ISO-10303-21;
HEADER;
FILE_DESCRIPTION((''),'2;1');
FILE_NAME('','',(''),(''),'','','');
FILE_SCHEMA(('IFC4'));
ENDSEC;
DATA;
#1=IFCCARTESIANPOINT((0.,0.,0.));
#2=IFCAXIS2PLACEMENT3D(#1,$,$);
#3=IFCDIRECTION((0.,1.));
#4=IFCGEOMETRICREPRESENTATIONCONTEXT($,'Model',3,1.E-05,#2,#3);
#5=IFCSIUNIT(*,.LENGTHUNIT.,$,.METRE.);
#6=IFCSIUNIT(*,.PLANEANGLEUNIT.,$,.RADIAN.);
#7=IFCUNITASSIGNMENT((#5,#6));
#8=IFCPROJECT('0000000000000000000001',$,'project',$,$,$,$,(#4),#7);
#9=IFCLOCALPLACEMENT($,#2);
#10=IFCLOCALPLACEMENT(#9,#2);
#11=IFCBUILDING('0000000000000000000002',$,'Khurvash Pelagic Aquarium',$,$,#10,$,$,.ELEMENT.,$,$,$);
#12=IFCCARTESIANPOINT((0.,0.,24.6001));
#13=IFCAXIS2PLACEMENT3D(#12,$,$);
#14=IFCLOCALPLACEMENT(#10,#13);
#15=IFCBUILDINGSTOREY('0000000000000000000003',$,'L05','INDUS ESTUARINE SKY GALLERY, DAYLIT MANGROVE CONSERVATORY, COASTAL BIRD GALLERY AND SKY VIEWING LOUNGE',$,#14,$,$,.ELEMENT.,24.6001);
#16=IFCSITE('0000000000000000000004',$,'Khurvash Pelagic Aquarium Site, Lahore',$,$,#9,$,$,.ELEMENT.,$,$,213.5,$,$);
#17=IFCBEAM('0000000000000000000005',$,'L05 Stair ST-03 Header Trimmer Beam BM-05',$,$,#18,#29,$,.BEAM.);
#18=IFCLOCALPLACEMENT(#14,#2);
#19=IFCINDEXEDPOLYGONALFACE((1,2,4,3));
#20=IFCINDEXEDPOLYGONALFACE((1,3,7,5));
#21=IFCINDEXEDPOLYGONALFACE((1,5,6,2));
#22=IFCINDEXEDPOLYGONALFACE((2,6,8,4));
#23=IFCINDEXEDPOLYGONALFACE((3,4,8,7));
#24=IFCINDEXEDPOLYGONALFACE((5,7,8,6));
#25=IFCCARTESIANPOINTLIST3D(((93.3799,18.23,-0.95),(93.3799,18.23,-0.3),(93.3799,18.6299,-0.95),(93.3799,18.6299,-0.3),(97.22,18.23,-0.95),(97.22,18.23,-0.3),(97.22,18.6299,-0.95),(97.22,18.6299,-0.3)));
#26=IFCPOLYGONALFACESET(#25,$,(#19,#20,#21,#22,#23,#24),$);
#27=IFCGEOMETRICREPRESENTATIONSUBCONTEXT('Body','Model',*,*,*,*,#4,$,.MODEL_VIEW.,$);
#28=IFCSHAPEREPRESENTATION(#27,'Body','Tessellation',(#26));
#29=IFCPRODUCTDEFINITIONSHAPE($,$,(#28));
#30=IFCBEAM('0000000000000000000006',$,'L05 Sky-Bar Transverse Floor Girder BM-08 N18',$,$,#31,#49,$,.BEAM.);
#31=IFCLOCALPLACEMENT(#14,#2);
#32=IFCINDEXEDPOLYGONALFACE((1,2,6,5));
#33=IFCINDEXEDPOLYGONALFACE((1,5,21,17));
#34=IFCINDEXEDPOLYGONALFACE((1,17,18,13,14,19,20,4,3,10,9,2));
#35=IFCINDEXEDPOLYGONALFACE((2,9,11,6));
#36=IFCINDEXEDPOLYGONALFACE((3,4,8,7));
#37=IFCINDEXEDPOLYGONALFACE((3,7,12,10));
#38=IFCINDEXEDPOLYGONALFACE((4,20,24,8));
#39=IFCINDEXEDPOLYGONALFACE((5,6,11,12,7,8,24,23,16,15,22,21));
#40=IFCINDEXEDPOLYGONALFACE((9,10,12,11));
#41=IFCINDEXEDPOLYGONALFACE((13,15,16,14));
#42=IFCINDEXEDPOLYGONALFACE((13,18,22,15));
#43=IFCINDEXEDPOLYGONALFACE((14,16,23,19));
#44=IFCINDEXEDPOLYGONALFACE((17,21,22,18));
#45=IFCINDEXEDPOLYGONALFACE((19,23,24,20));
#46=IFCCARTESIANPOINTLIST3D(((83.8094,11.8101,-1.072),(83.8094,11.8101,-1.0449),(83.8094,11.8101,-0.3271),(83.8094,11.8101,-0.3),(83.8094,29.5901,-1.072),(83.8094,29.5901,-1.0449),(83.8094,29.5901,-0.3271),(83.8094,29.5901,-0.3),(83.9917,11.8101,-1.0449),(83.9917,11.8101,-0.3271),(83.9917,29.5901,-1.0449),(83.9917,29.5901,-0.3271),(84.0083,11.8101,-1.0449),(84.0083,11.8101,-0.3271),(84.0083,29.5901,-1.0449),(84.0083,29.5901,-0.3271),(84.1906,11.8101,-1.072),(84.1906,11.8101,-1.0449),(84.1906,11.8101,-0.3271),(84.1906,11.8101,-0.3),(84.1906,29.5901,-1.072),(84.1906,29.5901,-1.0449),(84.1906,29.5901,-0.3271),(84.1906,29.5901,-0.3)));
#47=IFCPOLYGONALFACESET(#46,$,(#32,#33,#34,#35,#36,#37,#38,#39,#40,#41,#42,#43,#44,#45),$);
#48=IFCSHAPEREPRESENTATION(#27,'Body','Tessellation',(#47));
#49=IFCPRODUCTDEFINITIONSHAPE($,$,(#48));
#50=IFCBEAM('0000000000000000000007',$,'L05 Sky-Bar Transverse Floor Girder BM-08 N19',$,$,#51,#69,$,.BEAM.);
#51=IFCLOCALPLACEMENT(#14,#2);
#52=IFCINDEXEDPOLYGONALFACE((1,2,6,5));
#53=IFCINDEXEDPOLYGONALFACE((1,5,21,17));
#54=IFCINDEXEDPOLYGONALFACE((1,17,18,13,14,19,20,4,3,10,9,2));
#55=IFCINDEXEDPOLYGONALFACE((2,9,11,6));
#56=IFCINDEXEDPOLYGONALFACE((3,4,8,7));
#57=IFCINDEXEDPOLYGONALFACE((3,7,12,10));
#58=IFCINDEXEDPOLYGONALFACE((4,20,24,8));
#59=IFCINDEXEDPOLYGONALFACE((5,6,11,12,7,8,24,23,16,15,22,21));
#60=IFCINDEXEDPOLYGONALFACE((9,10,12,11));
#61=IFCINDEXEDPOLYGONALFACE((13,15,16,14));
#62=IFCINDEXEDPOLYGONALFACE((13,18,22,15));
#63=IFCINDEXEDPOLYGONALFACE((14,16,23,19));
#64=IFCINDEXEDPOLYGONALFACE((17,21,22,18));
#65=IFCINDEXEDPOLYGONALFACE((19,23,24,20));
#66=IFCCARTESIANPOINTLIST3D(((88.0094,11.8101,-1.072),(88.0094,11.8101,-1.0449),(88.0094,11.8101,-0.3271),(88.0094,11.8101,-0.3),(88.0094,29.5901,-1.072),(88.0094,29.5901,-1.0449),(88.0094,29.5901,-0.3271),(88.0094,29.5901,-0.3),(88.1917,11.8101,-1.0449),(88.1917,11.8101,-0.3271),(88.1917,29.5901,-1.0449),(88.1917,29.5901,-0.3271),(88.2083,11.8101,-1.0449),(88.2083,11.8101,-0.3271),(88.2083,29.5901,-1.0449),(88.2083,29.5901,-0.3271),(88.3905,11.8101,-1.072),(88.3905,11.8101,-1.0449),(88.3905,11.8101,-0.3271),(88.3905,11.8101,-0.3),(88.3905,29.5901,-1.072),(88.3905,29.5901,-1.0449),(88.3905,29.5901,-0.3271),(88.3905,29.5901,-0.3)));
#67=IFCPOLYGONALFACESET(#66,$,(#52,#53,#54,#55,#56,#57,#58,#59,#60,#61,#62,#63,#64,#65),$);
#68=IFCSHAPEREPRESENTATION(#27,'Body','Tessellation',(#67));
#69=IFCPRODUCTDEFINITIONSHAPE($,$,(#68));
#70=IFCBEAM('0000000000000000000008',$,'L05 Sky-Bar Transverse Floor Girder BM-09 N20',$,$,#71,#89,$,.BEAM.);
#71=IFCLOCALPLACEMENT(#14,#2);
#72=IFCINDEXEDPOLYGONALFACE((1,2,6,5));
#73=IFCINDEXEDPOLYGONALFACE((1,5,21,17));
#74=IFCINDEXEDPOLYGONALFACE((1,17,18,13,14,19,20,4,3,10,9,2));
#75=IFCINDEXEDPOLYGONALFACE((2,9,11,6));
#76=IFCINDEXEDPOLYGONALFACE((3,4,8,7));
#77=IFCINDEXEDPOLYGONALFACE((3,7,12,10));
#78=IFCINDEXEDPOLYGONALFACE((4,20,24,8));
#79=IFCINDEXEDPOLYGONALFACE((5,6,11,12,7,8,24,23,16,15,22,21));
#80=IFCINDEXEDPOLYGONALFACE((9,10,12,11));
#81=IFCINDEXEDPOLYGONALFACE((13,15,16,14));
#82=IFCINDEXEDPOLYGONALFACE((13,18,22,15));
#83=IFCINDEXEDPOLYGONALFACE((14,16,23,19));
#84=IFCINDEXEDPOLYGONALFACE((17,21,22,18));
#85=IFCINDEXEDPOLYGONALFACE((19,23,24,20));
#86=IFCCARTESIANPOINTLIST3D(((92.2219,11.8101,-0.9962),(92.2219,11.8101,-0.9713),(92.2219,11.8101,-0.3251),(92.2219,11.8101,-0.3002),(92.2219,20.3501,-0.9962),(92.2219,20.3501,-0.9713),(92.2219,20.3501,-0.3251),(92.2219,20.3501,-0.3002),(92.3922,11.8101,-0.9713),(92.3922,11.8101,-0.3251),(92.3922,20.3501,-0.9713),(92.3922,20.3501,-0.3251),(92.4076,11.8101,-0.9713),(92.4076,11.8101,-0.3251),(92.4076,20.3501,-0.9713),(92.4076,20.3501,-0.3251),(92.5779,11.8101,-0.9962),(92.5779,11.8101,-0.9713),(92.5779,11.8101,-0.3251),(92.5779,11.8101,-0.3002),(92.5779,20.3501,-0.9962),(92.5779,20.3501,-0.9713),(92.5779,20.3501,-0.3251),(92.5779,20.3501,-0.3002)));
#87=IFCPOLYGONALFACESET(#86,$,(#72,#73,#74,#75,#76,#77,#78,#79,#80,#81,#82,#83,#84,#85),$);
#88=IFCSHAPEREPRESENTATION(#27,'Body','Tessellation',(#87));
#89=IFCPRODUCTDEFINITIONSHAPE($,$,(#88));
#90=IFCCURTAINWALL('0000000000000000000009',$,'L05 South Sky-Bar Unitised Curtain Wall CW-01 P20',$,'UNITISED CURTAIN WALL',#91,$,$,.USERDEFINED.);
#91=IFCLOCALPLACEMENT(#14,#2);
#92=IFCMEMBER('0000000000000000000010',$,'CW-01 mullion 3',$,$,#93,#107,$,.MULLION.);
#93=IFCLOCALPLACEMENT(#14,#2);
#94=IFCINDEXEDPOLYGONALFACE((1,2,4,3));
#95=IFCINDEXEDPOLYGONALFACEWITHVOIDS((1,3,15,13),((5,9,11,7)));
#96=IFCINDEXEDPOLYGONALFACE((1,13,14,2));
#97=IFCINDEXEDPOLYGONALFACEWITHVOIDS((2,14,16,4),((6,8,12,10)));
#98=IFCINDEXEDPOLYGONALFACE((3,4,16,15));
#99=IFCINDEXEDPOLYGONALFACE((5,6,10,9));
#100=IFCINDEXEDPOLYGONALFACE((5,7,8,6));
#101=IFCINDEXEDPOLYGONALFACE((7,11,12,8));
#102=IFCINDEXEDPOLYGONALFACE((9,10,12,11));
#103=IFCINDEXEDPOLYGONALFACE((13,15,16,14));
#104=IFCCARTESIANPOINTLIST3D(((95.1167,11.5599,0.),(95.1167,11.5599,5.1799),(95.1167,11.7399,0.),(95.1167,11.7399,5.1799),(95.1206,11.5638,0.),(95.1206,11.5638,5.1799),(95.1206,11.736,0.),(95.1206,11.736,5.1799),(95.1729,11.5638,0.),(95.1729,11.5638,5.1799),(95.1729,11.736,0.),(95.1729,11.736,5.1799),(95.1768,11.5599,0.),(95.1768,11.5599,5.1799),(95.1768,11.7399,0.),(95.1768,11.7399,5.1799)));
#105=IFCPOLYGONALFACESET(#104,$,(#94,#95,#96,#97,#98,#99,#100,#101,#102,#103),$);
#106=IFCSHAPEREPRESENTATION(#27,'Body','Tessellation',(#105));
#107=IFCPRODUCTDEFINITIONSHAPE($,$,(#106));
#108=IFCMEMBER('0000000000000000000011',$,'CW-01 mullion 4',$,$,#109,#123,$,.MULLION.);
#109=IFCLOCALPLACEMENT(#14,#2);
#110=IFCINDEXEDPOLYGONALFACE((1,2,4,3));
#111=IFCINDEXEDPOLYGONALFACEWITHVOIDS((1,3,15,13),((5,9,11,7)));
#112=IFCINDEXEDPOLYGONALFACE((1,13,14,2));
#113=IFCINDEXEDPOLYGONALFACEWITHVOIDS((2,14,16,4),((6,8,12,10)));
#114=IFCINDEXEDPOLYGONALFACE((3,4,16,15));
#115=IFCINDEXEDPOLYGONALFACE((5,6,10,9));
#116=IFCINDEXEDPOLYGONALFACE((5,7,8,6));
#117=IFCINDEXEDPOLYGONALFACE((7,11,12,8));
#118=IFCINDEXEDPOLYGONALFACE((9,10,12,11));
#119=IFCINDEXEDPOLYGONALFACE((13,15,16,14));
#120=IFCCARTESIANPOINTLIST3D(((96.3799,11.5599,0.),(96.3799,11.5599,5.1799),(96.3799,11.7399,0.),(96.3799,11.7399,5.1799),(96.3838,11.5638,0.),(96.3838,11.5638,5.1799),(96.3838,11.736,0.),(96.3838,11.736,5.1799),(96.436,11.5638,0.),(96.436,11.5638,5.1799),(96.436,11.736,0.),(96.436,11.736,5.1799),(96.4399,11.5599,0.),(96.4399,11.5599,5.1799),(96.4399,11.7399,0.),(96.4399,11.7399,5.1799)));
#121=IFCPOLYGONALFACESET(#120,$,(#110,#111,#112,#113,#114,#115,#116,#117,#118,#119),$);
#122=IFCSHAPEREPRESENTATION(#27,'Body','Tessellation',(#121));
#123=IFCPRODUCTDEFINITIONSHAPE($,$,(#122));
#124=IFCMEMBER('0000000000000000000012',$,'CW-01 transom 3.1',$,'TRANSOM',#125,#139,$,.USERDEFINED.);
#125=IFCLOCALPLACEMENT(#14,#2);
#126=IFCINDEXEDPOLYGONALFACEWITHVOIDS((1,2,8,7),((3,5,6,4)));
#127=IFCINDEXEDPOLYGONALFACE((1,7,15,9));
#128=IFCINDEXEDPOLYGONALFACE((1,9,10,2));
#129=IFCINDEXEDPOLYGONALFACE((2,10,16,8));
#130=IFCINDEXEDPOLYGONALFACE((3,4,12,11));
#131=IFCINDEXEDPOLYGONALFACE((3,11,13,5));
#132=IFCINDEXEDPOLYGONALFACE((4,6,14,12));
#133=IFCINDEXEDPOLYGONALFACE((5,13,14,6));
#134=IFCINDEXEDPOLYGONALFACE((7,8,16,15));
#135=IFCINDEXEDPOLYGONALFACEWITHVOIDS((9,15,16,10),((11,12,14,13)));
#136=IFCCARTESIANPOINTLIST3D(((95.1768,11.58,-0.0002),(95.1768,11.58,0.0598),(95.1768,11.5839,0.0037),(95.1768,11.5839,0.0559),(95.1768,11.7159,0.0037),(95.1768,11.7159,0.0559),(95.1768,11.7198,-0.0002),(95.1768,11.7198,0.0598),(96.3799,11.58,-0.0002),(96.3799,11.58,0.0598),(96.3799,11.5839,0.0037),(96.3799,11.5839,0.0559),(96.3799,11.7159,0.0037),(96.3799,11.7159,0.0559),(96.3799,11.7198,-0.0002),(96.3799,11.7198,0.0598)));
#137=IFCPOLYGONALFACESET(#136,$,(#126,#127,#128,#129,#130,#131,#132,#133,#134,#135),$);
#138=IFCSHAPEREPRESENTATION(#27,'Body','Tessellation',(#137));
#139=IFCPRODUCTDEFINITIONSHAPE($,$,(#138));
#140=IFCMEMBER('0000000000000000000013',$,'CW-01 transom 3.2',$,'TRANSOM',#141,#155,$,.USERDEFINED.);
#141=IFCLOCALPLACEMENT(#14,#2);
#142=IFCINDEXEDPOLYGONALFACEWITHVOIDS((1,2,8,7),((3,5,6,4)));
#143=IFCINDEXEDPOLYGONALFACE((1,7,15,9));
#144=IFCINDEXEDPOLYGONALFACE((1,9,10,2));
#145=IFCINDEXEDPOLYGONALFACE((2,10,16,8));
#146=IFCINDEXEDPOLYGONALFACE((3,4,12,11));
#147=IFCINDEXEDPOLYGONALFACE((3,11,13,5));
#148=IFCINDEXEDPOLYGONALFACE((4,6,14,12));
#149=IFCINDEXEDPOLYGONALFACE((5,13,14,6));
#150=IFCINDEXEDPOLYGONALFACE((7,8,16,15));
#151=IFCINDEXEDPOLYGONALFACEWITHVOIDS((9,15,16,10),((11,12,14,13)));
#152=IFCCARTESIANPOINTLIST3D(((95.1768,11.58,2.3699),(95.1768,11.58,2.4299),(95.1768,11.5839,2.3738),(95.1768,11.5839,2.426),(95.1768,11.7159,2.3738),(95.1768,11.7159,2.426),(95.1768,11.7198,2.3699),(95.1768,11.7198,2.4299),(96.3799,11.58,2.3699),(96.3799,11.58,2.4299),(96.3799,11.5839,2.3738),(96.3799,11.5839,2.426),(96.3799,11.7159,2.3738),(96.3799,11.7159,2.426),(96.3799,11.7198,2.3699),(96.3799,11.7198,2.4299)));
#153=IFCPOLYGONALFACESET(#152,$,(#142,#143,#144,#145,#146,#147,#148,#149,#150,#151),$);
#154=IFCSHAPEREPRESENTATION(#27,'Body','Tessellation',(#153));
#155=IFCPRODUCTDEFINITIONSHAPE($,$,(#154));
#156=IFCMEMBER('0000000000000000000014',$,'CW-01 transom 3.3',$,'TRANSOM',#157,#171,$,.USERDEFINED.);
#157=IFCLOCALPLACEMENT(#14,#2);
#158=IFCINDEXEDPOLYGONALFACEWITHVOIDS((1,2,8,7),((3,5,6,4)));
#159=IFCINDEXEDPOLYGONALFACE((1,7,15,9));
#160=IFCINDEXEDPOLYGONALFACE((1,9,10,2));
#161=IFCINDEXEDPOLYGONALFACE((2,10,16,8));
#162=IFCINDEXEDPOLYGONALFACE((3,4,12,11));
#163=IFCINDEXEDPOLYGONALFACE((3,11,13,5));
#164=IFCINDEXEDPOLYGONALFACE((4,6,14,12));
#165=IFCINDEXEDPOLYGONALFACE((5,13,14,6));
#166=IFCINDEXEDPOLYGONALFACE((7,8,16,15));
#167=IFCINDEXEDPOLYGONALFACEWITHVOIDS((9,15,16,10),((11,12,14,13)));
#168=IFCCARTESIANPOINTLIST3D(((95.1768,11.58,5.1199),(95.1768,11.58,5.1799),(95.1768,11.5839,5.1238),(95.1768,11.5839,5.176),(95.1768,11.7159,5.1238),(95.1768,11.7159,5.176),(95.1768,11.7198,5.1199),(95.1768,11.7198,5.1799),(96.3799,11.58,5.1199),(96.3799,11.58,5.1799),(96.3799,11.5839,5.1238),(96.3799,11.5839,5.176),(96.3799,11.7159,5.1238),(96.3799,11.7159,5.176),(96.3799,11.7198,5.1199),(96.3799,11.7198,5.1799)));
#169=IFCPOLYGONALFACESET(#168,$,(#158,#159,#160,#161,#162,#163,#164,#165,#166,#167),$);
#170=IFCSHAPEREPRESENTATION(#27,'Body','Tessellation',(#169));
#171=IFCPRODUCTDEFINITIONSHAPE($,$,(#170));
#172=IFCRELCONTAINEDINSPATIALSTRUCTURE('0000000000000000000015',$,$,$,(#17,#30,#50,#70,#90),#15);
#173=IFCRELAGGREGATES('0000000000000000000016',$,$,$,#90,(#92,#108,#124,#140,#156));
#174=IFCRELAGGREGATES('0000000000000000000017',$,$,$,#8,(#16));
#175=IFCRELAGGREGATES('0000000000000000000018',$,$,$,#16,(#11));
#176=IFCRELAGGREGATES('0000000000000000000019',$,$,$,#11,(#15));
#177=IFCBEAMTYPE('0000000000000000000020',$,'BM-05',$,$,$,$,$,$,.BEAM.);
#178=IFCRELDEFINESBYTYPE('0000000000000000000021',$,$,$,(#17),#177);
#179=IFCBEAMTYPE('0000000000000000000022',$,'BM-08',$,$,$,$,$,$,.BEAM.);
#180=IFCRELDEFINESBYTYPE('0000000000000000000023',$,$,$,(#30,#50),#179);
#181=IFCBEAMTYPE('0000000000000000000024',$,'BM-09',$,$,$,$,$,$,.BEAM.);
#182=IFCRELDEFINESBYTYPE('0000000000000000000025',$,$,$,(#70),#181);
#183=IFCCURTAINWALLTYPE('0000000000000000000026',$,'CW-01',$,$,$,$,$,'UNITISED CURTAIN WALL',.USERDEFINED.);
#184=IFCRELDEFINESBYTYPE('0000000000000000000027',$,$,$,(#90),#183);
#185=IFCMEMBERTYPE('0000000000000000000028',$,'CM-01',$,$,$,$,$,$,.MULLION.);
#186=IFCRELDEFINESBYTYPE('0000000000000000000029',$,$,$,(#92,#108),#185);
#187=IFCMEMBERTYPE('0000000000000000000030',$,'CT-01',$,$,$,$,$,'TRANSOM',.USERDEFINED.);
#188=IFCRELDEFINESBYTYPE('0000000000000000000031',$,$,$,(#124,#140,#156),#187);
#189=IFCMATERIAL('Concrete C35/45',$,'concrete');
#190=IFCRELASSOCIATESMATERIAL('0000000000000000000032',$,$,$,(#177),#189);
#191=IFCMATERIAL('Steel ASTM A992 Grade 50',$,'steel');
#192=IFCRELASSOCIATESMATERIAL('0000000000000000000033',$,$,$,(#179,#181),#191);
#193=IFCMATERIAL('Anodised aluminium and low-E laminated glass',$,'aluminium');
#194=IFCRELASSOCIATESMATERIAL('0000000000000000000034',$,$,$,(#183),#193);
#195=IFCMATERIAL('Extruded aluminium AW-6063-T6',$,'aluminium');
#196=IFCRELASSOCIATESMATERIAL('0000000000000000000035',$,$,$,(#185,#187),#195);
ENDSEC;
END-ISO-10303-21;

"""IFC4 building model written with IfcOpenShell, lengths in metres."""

from ifc_helpers import new_model, si_unit, direction, frame, origin, origin_2d, place, context, subcontext, project, spatial, rectangle, hollow_rectangle, i_section, extrude, material, material_profile, profile_set, type_object, element, aggregate, save


model = new_model("IFC4")

# Units and contexts
model_context = context("Model", 3, precision=1e-05, world=origin(), true_north=direction((0.0, 1.0)))
body_context = subcontext(model_context, "Body", "Model", "MODEL_VIEW")
ifc_project = project(units=[si_unit("LENGTHUNIT", "METRE"), si_unit("PLANEANGLEUNIT", "RADIAN")], contexts=[model_context])

# Site, building, storey
site_placement = place(None, origin())
site = spatial("IfcSite", under=ifc_project, at=site_placement, Name="Khurvash Pelagic Aquarium Site, Lahore", CompositionType="ELEMENT", RefElevation=213.5)
building_placement = place(site_placement, origin())
building = spatial("IfcBuilding", under=site, at=building_placement, Name="Khurvash Pelagic Aquarium", CompositionType="ELEMENT")
storey_placement = place(building_placement, frame((0.0, 0.0, 24.6001)))
storey = spatial("IfcBuildingStorey", under=building, at=storey_placement, Name="L05", Description="INDUS ESTUARINE SKY GALLERY, DAYLIT MANGROVE CONSERVATORY, COASTAL BIRD GALLERY AND SKY VIEWING LOUNGE", CompositionType="ELEMENT", Elevation=24.6001)

# Beams
ifc_material_1 = material(Name="Concrete C35/45", Category="concrete")
ifc_material_profile_1 = material_profile(ifc_material_1, rectangle(XDim=0.3999, YDim=0.6499, at=origin_2d()), Name="RC400X650")
ifc_profile_set_1 = profile_set([ifc_material_profile_1], Name="Concrete C35/45")
beam_type_1 = type_object("IfcBeamType", Name="BM-05", PredefinedType="BEAM", material=ifc_profile_set_1)
beam_1_placement = place(storey_placement, frame((93.3799, 18.4299, -0.625), z_axis=(1.0, 0.0, 0.0), x_axis=(0.0, 1.0, 0.0)))
element("IfcBeam", 1, at=beam_1_placement, inside=storey, type_object=beam_type_1, Name="L05 Stair ST-03 Header Trimmer Beam BM-05", PredefinedType="BEAM", context=body_context, shape_type="SweptSolid", body=[
    extrude(rectangle(XDim=0.3999, YDim=0.6499, at=origin_2d()), origin(), (0.0, 0.0, 1.0), 3.8401),
])
ifc_material_2 = material(Name="Steel ASTM A992 Grade 50", Category="steel")
ifc_material_profile_2 = material_profile(ifc_material_2, i_section(OverallWidth=0.3811, OverallDepth=0.772, WebThickness=0.0166, FlangeThickness=0.0271, at=origin_2d()), Name="W30X173")
ifc_profile_set_2 = profile_set([ifc_material_profile_2], Name="Steel ASTM A992 Grade 50")
beam_type_2 = type_object("IfcBeamType", Name="BM-08", PredefinedType="BEAM", material=ifc_profile_set_2)
for number, where, z_axis, x_axis, name in (
    (2, (84.0, 11.8101, -0.686), (0.0, 1.0, 0.0), (-1.0, 0.0, 0.0), "L05 Sky-Bar Transverse Floor Girder BM-08 N18"),
    (3, (88.2, 11.8101, -0.686), (0.0, 1.0, 0.0), (-1.0, 0.0, 0.0), "L05 Sky-Bar Transverse Floor Girder BM-08 N19"),
):
    element("IfcBeam", number, at=place(storey_placement, frame(where, z_axis=z_axis, x_axis=x_axis)), inside=storey, type_object=beam_type_2, Name=name, PredefinedType="BEAM", context=body_context, shape_type="SweptSolid", body=[
        extrude(i_section(OverallWidth=0.3811, OverallDepth=0.772, WebThickness=0.0166, FlangeThickness=0.0271, at=origin_2d()), origin(), (0.0, 0.0, 1.0), 17.78),
    ])
ifc_material_profile_3 = material_profile(ifc_material_2, i_section(OverallWidth=0.356, OverallDepth=0.696, WebThickness=0.0154, FlangeThickness=0.0249, at=origin_2d()), Name="W27X146")
ifc_profile_set_3 = profile_set([ifc_material_profile_3], Name="Steel ASTM A992 Grade 50")
beam_type_3 = type_object("IfcBeamType", Name="BM-09", PredefinedType="BEAM", material=ifc_profile_set_3)
beam_2_placement = place(storey_placement, frame((92.3999, 11.8101, -0.6482), z_axis=(0.0, 1.0, 0.0), x_axis=(-1.0, 0.0, 0.0)))
element("IfcBeam", 4, at=beam_2_placement, inside=storey, type_object=beam_type_3, Name="L05 Sky-Bar Transverse Floor Girder BM-09 N20", PredefinedType="BEAM", context=body_context, shape_type="SweptSolid", body=[
    extrude(i_section(OverallWidth=0.356, OverallDepth=0.696, WebThickness=0.0154, FlangeThickness=0.0249, at=origin_2d()), origin(), (0.0, 0.0, 1.0), 8.54),
])

# Curtain wall, members
ifc_material_3 = material(Name="Anodised aluminium and low-E laminated glass", Category="aluminium")
curtain_wall_type = type_object("IfcCurtainWallType", Name="CW-01", ElementType="UNITISED CURTAIN WALL", PredefinedType="USERDEFINED", material=ifc_material_3)
curtain_wall_placement = place(storey_placement, origin())
curtain_wall = element("IfcCurtainWall", 5, at=curtain_wall_placement, inside=storey, type_object=curtain_wall_type, Name="L05 South Sky-Bar Unitised Curtain Wall CW-01 P20", ObjectType="UNITISED CURTAIN WALL", PredefinedType="USERDEFINED")
ifc_material_4 = material(Name="Extruded aluminium AW-6063-T6", Category="aluminium")
ifc_material_profile_4 = material_profile(ifc_material_4, hollow_rectangle(XDim=0.0601, YDim=0.1799, WallThickness=0.0039, at=origin_2d()), Name="CWM60X180X4")
ifc_profile_set_4 = profile_set([ifc_material_profile_4], Name="Extruded aluminium AW-6063-T6")
member_type_1 = type_object("IfcMemberType", Name="CM-01", PredefinedType="MULLION", material=ifc_profile_set_4)
member_1_placement = place(storey_placement, frame((95.1467, 11.6499, 0.0), z_axis=(0.0, 0.0, 1.0), x_axis=(1.0, 0.0, 0.0)))
member_1 = element("IfcMember", 6, at=member_1_placement, type_object=member_type_1, Name="CW-01 mullion 3", PredefinedType="MULLION", context=body_context, shape_type="SweptSolid", body=[
    extrude(hollow_rectangle(XDim=0.0601, YDim=0.1799, WallThickness=0.0039, at=origin_2d()), origin(), (0.0, 0.0, 1.0), 5.1799),
])
member_2_placement = place(storey_placement, frame((96.4099, 11.6499, 0.0), z_axis=(0.0, 0.0, 1.0), x_axis=(1.0, 0.0, 0.0)))
member_2 = element("IfcMember", 7, at=member_2_placement, type_object=member_type_1, Name="CW-01 mullion 4", PredefinedType="MULLION", context=body_context, shape_type="SweptSolid", body=[
    extrude(hollow_rectangle(XDim=0.0601, YDim=0.1799, WallThickness=0.0039, at=origin_2d()), origin(), (0.0, 0.0, 1.0), 5.1799),
])
ifc_material_profile_5 = material_profile(ifc_material_4, hollow_rectangle(XDim=0.1399, YDim=0.0601, WallThickness=0.0039, at=origin_2d()), Name="CWT140X60X4")
ifc_profile_set_5 = profile_set([ifc_material_profile_5], Name="Extruded aluminium AW-6063-T6")
member_type_2 = type_object("IfcMemberType", Name="CT-01", ElementType="TRANSOM", PredefinedType="USERDEFINED", material=ifc_profile_set_5)
member_3_placement = place(storey_placement, frame((95.1768, 11.6499, 0.0298), z_axis=(1.0, 0.0, 0.0), x_axis=(0.0, 1.0, 0.0)))
member_3 = element("IfcMember", 8, at=member_3_placement, type_object=member_type_2, Name="CW-01 transom 3.1", ObjectType="TRANSOM", PredefinedType="USERDEFINED", context=body_context, shape_type="SweptSolid", body=[
    extrude(hollow_rectangle(XDim=0.1399, YDim=0.0601, WallThickness=0.0039, at=origin_2d()), origin(), (0.0, 0.0, 1.0), 1.2031),
])
member_4_placement = place(storey_placement, frame((95.1768, 11.6499, 2.3999), z_axis=(1.0, 0.0, 0.0), x_axis=(0.0, 1.0, 0.0)))
member_4 = element("IfcMember", 9, at=member_4_placement, type_object=member_type_2, Name="CW-01 transom 3.2", ObjectType="TRANSOM", PredefinedType="USERDEFINED", context=body_context, shape_type="SweptSolid", body=[
    extrude(hollow_rectangle(XDim=0.1399, YDim=0.0601, WallThickness=0.0039, at=origin_2d()), origin(), (0.0, 0.0, 1.0), 1.2031),
])
member_5_placement = place(storey_placement, frame((95.1768, 11.6499, 5.1499), z_axis=(1.0, 0.0, 0.0), x_axis=(0.0, 1.0, 0.0)))
member_5 = element("IfcMember", 10, at=member_5_placement, type_object=member_type_2, Name="CW-01 transom 3.3", ObjectType="TRANSOM", PredefinedType="USERDEFINED", context=body_context, shape_type="SweptSolid", body=[
    extrude(hollow_rectangle(XDim=0.1399, YDim=0.0601, WallThickness=0.0039, at=origin_2d()), origin(), (0.0, 0.0, 1.0), 1.2031),
])

aggregate(curtain_wall, [member_1, member_2, member_3, member_4, member_5])

save(model, "model.ifc")
